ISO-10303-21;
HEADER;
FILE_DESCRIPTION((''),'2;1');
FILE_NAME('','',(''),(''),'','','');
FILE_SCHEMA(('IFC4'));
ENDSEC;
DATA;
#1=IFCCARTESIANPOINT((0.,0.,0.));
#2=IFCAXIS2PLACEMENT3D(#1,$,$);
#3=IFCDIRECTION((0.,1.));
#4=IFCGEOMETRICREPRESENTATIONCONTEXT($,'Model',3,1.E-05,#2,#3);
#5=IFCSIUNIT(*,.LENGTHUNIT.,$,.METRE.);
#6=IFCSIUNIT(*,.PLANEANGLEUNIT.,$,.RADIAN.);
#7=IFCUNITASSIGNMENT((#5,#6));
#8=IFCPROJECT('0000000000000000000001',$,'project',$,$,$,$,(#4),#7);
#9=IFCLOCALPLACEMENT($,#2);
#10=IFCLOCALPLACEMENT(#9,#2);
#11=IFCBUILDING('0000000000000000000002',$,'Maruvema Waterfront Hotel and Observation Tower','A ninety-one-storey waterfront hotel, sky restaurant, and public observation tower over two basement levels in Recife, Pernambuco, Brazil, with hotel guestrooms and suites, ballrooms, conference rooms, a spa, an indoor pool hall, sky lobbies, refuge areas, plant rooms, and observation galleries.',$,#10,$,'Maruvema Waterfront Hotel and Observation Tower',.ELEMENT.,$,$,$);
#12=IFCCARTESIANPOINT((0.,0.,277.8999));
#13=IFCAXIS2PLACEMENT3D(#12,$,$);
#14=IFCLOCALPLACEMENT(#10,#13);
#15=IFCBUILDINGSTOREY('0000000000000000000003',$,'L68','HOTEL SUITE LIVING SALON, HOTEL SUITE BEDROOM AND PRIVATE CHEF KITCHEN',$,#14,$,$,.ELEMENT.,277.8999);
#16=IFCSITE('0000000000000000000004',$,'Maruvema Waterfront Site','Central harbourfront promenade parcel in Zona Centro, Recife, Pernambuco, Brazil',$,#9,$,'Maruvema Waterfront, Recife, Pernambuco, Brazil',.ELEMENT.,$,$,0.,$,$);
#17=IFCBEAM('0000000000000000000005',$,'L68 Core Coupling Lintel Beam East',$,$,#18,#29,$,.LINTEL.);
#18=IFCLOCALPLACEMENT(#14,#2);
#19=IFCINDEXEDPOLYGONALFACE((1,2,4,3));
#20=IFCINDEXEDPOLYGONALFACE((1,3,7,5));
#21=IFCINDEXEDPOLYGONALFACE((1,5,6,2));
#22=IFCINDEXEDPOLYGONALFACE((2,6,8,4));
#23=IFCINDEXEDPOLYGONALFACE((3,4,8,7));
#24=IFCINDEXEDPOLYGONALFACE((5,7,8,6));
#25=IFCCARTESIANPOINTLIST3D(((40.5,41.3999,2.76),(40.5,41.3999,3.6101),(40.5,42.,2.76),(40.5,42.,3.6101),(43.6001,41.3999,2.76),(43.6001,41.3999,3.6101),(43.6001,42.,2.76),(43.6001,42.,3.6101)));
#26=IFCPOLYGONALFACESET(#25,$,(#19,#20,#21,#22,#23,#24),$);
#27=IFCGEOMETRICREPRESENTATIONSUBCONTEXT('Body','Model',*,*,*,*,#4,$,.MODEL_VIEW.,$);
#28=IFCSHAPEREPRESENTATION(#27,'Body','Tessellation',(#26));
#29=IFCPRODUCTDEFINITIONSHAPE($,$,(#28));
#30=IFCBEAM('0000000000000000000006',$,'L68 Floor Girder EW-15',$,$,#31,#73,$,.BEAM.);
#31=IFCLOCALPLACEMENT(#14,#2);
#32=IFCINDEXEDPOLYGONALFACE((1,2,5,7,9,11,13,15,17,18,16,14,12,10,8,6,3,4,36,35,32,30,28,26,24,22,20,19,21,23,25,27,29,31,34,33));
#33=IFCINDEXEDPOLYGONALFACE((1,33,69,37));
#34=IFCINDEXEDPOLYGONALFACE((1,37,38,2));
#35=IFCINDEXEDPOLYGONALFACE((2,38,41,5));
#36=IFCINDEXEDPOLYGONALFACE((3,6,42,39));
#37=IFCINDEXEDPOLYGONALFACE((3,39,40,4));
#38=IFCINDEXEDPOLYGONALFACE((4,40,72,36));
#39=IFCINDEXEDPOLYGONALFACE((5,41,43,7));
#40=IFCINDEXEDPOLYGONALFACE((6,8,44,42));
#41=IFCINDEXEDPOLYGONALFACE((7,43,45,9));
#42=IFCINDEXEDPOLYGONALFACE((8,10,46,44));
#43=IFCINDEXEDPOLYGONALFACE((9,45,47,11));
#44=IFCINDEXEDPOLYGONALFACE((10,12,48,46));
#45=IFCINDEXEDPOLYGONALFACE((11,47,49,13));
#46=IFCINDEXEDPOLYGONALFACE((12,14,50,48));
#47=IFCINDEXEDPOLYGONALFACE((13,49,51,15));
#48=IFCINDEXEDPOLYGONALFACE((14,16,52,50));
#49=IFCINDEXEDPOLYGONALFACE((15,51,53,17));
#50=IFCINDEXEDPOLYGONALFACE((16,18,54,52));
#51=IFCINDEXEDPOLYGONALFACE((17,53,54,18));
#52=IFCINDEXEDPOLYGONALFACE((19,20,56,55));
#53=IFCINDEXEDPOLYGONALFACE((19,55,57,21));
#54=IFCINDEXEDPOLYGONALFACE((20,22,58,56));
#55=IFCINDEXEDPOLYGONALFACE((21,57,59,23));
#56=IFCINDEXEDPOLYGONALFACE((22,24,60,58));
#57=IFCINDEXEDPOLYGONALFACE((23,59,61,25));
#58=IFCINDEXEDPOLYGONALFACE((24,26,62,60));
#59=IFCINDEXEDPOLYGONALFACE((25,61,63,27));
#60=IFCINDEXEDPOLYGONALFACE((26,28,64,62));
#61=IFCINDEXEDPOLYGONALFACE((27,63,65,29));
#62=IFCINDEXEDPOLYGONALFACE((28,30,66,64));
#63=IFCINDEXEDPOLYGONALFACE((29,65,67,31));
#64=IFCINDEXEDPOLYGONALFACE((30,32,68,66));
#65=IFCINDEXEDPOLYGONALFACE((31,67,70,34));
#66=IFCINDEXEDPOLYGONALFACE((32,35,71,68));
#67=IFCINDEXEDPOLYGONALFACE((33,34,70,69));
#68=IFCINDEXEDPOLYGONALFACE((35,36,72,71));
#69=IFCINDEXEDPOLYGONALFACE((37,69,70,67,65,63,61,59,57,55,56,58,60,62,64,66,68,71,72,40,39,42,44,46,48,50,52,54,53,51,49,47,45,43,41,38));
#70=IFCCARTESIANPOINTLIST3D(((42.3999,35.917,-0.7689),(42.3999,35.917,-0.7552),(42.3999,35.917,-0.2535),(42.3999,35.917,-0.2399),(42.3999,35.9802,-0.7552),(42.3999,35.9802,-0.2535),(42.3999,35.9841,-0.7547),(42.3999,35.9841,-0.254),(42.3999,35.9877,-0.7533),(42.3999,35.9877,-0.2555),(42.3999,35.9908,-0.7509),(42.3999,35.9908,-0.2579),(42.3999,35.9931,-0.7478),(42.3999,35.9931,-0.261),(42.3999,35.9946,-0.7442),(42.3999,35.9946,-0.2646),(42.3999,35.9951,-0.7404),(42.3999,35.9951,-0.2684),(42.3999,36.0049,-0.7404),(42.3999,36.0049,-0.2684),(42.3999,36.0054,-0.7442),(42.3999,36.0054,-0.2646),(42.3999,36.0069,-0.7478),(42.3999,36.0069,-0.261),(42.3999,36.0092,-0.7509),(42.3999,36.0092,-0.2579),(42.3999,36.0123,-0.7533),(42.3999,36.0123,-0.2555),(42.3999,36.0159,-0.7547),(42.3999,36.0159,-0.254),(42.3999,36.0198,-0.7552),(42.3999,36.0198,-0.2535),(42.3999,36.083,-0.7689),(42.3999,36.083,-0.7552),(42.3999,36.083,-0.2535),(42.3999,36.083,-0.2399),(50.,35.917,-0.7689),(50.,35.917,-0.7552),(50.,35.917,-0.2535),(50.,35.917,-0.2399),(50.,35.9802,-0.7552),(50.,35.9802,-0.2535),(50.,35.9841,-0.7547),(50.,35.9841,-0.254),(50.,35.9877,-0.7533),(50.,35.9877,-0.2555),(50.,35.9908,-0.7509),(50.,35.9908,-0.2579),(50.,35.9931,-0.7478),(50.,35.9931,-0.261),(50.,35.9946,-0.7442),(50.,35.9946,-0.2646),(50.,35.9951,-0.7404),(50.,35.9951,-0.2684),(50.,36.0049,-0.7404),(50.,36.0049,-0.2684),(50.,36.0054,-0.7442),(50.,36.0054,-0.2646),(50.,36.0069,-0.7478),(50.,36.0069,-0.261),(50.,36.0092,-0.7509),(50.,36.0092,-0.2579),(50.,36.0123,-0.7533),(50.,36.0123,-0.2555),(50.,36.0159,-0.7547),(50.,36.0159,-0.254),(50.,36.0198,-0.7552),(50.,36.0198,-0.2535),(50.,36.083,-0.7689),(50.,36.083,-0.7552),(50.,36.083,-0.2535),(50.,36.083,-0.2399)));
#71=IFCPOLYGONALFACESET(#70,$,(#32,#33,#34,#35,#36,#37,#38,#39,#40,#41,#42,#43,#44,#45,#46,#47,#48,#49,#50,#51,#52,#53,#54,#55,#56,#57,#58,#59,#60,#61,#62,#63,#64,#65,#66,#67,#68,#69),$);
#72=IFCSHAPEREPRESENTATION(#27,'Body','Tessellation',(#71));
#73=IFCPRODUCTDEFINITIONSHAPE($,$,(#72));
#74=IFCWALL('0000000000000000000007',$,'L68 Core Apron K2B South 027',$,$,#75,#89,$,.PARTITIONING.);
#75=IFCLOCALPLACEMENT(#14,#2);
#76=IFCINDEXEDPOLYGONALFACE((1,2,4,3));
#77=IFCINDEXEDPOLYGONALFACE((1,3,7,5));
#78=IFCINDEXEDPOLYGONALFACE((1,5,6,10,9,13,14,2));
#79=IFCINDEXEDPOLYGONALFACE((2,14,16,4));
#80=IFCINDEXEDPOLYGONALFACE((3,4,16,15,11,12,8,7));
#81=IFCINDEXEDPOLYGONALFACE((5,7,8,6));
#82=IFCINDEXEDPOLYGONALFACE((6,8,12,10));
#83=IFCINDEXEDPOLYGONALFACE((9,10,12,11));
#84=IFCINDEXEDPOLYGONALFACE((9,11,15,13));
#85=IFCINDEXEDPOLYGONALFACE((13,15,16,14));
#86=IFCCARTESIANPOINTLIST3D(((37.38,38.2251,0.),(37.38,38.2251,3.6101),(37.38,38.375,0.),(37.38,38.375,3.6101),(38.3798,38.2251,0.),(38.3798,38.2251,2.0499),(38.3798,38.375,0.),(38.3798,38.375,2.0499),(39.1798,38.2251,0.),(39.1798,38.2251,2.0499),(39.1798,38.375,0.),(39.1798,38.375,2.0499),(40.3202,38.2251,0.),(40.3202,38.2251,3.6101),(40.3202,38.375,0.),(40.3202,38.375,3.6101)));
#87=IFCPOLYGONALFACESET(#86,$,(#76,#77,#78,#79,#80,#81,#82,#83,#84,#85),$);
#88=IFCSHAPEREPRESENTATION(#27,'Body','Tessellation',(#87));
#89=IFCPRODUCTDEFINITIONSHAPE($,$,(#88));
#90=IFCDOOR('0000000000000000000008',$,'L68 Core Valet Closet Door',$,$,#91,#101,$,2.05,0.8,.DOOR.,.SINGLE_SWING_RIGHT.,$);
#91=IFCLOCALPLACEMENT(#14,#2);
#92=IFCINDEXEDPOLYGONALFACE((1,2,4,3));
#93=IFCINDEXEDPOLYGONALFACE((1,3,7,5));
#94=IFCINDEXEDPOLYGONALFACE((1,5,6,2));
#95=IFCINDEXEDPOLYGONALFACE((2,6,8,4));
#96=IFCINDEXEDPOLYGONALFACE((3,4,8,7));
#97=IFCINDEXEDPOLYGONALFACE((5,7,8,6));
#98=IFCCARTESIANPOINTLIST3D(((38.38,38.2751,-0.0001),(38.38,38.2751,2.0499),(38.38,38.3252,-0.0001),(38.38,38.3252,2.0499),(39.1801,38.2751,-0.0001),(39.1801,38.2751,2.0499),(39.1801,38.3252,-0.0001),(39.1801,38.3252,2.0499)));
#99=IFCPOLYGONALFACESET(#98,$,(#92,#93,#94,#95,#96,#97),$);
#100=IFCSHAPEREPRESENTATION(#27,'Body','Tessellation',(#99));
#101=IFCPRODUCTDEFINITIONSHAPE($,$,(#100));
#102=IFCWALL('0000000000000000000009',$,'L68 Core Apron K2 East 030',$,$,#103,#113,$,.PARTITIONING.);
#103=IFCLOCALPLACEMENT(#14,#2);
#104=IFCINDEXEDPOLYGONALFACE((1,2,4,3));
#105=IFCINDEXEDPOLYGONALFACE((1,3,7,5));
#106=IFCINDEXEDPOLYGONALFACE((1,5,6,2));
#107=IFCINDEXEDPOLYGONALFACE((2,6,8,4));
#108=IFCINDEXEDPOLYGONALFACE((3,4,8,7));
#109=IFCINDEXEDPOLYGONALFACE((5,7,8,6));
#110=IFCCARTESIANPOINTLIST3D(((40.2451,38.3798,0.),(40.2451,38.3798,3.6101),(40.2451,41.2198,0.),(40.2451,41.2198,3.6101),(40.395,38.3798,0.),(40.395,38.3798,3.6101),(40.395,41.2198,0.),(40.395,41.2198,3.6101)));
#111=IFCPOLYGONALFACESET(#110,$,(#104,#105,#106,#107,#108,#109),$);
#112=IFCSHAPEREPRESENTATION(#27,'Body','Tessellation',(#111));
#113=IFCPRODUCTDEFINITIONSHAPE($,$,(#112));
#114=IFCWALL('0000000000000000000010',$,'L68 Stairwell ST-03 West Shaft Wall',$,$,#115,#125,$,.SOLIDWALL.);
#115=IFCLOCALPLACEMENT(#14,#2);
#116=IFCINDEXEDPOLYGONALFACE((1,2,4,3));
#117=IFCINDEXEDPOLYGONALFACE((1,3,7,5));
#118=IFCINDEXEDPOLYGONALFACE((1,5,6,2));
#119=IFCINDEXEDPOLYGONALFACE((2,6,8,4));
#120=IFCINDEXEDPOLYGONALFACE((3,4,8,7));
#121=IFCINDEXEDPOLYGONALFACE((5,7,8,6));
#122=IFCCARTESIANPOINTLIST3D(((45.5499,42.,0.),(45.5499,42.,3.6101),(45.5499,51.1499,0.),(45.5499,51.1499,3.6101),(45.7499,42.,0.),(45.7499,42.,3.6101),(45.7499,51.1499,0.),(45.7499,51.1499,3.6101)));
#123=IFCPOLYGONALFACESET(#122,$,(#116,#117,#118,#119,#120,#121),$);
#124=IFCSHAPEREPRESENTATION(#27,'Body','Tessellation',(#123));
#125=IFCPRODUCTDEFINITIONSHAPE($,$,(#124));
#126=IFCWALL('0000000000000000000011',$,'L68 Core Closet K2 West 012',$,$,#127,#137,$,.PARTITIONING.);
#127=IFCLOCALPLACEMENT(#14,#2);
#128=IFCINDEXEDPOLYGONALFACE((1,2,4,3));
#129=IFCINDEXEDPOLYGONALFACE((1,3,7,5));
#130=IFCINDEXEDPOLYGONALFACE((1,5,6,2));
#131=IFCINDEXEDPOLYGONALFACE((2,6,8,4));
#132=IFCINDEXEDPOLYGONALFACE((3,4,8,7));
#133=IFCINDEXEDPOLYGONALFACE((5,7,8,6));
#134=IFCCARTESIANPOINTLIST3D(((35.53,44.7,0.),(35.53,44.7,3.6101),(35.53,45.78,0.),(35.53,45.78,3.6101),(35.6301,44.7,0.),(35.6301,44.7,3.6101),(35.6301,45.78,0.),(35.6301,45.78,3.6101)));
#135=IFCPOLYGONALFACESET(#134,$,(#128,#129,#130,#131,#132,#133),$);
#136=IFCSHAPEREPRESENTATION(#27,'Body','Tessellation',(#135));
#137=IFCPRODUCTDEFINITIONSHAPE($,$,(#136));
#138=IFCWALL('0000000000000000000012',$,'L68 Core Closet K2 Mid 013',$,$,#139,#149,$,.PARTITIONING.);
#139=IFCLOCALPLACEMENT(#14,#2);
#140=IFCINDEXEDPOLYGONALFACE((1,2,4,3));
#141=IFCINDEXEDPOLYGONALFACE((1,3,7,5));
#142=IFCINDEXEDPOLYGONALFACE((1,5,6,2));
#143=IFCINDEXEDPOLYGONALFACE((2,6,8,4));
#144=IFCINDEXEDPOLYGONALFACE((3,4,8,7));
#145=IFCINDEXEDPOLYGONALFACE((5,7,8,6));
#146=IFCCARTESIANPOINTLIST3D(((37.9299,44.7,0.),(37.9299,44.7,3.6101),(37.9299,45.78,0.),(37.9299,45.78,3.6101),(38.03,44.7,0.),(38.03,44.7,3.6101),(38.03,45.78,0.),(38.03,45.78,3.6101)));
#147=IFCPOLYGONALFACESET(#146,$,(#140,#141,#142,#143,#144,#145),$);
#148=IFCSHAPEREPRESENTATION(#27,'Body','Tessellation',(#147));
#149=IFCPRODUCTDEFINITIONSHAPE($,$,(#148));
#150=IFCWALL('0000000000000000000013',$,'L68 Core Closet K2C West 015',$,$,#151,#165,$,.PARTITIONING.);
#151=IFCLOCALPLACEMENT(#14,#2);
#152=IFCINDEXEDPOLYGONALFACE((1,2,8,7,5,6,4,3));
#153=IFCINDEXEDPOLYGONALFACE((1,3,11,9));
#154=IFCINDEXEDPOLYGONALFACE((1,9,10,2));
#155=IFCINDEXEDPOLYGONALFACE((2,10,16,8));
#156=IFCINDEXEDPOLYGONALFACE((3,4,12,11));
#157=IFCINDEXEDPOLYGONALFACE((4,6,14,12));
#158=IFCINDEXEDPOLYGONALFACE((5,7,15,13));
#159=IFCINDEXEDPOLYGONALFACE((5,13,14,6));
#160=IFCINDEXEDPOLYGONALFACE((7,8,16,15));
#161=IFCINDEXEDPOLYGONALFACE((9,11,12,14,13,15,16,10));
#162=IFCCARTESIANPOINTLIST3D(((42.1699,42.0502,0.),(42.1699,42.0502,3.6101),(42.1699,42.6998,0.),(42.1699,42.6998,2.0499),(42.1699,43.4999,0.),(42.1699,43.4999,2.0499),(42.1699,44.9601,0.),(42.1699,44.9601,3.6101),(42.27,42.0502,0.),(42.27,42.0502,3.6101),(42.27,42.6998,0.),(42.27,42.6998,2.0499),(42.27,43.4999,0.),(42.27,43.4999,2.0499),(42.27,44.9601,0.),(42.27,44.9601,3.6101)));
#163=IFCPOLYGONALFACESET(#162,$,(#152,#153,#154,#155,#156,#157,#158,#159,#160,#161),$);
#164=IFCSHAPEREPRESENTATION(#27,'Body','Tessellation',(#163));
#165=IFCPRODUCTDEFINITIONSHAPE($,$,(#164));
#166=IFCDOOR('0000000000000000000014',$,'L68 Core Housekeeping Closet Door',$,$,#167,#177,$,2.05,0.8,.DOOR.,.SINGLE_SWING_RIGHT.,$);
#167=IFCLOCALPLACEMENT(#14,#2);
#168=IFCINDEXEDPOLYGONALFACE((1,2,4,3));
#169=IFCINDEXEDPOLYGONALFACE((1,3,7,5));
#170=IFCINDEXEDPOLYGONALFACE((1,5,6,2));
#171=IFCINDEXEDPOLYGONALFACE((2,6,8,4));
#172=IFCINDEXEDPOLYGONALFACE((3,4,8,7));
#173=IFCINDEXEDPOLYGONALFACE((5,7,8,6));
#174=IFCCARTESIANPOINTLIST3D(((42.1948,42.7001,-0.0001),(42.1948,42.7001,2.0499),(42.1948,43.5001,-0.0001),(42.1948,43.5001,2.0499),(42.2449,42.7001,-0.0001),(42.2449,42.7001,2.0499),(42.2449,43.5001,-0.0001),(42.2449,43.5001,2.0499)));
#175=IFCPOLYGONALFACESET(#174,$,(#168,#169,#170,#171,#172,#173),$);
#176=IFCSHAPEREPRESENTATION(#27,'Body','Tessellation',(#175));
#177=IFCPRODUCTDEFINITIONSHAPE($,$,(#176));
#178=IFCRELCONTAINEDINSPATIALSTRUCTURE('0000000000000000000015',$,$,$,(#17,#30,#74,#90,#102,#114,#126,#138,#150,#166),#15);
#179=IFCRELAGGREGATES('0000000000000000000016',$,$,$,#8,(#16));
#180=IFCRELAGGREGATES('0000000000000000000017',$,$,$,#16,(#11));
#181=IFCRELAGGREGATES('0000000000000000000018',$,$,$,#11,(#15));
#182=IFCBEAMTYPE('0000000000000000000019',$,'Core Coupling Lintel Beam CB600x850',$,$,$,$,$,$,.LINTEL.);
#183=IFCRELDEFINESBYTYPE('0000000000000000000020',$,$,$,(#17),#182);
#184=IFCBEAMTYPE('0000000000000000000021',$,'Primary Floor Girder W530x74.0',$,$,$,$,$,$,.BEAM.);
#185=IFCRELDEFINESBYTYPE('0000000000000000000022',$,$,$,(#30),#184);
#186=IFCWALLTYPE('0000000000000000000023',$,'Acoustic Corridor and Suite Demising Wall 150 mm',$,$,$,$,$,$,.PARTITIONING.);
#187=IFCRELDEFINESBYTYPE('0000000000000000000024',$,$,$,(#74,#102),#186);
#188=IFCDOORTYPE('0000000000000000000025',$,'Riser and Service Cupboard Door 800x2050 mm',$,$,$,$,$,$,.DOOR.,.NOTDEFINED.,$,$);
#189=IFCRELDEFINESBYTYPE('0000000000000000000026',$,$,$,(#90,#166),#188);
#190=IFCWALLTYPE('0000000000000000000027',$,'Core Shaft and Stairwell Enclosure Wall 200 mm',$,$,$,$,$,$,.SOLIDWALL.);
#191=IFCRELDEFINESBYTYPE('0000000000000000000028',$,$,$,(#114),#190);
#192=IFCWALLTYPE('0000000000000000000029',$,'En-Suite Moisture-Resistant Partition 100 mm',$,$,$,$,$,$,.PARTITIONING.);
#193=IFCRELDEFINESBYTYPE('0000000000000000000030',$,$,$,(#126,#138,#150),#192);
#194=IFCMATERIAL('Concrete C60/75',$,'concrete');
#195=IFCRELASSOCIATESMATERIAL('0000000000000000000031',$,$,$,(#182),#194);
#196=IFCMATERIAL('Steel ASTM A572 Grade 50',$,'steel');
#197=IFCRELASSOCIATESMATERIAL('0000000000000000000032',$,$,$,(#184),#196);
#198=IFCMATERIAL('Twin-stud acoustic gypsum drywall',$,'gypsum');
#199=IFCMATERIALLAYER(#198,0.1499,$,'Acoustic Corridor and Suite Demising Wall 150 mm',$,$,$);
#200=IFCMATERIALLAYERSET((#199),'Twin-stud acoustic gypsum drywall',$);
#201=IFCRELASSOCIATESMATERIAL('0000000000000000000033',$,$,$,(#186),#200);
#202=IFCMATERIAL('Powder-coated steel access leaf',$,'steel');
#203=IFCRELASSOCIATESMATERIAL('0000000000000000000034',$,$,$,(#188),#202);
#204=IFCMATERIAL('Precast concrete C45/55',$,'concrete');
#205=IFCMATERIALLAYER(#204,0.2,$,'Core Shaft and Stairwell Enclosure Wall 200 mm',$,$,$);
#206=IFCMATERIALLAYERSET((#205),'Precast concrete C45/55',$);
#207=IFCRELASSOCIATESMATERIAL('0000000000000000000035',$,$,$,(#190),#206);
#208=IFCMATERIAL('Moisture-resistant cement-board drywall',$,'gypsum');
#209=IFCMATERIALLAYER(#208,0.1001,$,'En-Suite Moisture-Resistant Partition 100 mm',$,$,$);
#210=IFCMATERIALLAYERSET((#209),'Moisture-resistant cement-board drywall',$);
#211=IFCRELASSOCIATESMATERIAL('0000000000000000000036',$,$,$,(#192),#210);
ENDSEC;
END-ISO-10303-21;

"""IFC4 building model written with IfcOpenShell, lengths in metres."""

from ifc_helpers import new_model, si_unit, direction, frame, frame_2d, origin, origin_2d, place, context, subcontext, project, spatial, rectangle, i_section, extrude, material, layer, layer_set, material_profile, profile_set, type_object, element, fill, save


model = new_model("IFC4")

# Units and contexts
model_context = context("Model", 3, precision=1e-05, world=origin(), true_north=direction((0.0, 1.0)))
body_context = subcontext(model_context, "Body", "Model", "MODEL_VIEW")
ifc_project = project(units=[si_unit("LENGTHUNIT", "METRE"), si_unit("PLANEANGLEUNIT", "RADIAN")], contexts=[model_context])

# Site, building, storey
site_placement = place(None, origin())
site = spatial("IfcSite", under=ifc_project, at=site_placement, Name="Maruvema Waterfront Site", Description="Central harbourfront promenade parcel in Zona Centro, Recife, Pernambuco, Brazil", LongName="Maruvema Waterfront, Recife, Pernambuco, Brazil", CompositionType="ELEMENT", RefElevation=0.0)
building_placement = place(site_placement, origin())
building = spatial("IfcBuilding", under=site, at=building_placement, Name="Maruvema Waterfront Hotel and Observation Tower", Description="A ninety-one-storey waterfront hotel, sky restaurant, and public observation tower over two basement levels in Recife, Pernambuco, Brazil, with hotel guestrooms and suites, ballrooms, conference rooms, a spa, an indoor pool hall, sky lobbies, refuge areas, plant rooms, and observation galleries.", LongName="Maruvema Waterfront Hotel and Observation Tower", CompositionType="ELEMENT")
storey_placement = place(building_placement, frame((0.0, 0.0, 277.8999)))
storey = spatial("IfcBuildingStorey", under=building, at=storey_placement, Name="L68", Description="HOTEL SUITE LIVING SALON, HOTEL SUITE BEDROOM AND PRIVATE CHEF KITCHEN", CompositionType="ELEMENT", Elevation=277.8999)

# Beams
ifc_material_1 = material(Name="Concrete C60/75", Category="concrete")
ifc_material_profile_1 = material_profile(ifc_material_1, rectangle(XDim=0.6001, YDim=0.8501, at=origin_2d()), Name="CB600x850")
ifc_profile_set_1 = profile_set([ifc_material_profile_1], Name="Concrete C60/75")
beam_type_1 = type_object("IfcBeamType", Name="Core Coupling Lintel Beam CB600x850", PredefinedType="LINTEL", material=ifc_profile_set_1)
beam_1_placement = place(storey_placement, frame((40.5, 41.7, 3.1851), z_axis=(1.0, 0.0, 0.0), x_axis=(0.0, 1.0, 0.0)))
element("IfcBeam", 1, at=beam_1_placement, inside=storey, type_object=beam_type_1, Name="L68 Core Coupling Lintel Beam East", PredefinedType="LINTEL", context=body_context, shape_type="SweptSolid", body=[
    extrude(rectangle(XDim=0.6001, YDim=0.8501, at=origin_2d()), origin(), (0.0, 0.0, 1.0), 3.1001),
])
ifc_material_2 = material(Name="Steel ASTM A572 Grade 50", Category="steel")
ifc_material_profile_2 = material_profile(ifc_material_2, i_section(OverallWidth=0.166, OverallDepth=0.5291, WebThickness=0.0098, FlangeThickness=0.0137, FilletRadius=0.0149, at=origin_2d()), Name="W530x74.0")
ifc_profile_set_2 = profile_set([ifc_material_profile_2], Name="Steel ASTM A572 Grade 50")
beam_type_2 = type_object("IfcBeamType", Name="Primary Floor Girder W530x74.0", PredefinedType="BEAM", material=ifc_profile_set_2)
beam_2_placement = place(storey_placement, frame((42.3999, 36.0, -0.5044), z_axis=(1.0, 0.0, 0.0), x_axis=(0.0, 1.0, 0.0)))
element("IfcBeam", 2, at=beam_2_placement, inside=storey, type_object=beam_type_2, Name="L68 Floor Girder EW-15", PredefinedType="BEAM", context=body_context, shape_type="SweptSolid", body=[
    extrude(i_section(OverallWidth=0.166, OverallDepth=0.5291, WebThickness=0.0098, FlangeThickness=0.0137, FilletRadius=0.0149, at=origin_2d()), origin(), (0.0, 0.0, 1.0), 7.6001),
])

# Wall, opening, door
ifc_material_3 = material(Name="Twin-stud acoustic gypsum drywall", Category="gypsum")
ifc_layer_1 = layer(ifc_material_3, 0.1499, Name="Acoustic Corridor and Suite Demising Wall 150 mm")
ifc_layer_set_1 = layer_set([ifc_layer_1], Name="Twin-stud acoustic gypsum drywall")
wall_type_1 = type_object("IfcWallType", Name="Acoustic Corridor and Suite Demising Wall 150 mm", PredefinedType="PARTITIONING", material=ifc_layer_set_1)
wall_1_placement = place(storey_placement, frame((37.3799, 38.3, 0.0), z_axis=(0.0, 0.0, 1.0), x_axis=(1.0, 0.0, 0.0)))
wall_1 = element("IfcWall", 3, at=wall_1_placement, inside=storey, type_object=wall_type_1, Name="L68 Core Apron K2B South 027", PredefinedType="PARTITIONING", context=body_context, shape_type="SweptSolid", body=[
    extrude(rectangle(XDim=2.9402, YDim=0.1499, at=frame_2d((1.4702, 0.0))), origin(), (0.0, 0.0, 1.0), 3.6101),
])
opening_1_placement = place(wall_1_placement, frame((1.0, 0.0, 0.0)))
opening_1 = element("IfcOpeningElement", 4, at=opening_1_placement, cuts=wall_1, PredefinedType="OPENING", context=body_context, shape_type="SweptSolid", body=[
    extrude(rectangle(XDim=0.8, YDim=2.05, at=frame_2d((0.3999, 1.0249))), frame((0.0, 0.085, 0.0), z_axis=(0.0, -1.0, 0.0), x_axis=(1.0, 0.0, 0.0)), (0.0, 0.0, 1.0), 0.1699),
])
ifc_material_4 = material(Name="Powder-coated steel access leaf", Category="steel")
door_type_1 = type_object("IfcDoorType", Name="Riser and Service Cupboard Door 800x2050 mm", OperationType="NOTDEFINED", PredefinedType="DOOR", material=ifc_material_4)
door_1_placement = place(opening_1_placement, frame((0.8, 0.0, 0.0), z_axis=(0.0, 0.0, 1.0), x_axis=(-1.0, 0.0, 0.0)))
door_1 = element("IfcDoor", 5, at=door_1_placement, inside=storey, type_object=door_type_1, Name="L68 Core Valet Closet Door", OperationType="SINGLE_SWING_RIGHT", OverallHeight=2.05, OverallWidth=0.8, PredefinedType="DOOR", context=body_context, shape_type="SweptSolid", body=[
    extrude(rectangle(XDim=0.8, YDim=2.05, at=frame_2d((0.3999, 1.0249))), frame((0.0, 0.0249, 0.0), z_axis=(0.0, -1.0, 0.0), x_axis=(1.0, 0.0, 0.0)), (0.0, 0.0, 1.0), 0.05),
])
fill(opening_1, door_1)

# Walls
wall_2_placement = place(storey_placement, frame((40.3201, 38.3799, 0.0), z_axis=(0.0, 0.0, 1.0), x_axis=(0.0, 1.0, 0.0)))
element("IfcWall", 6, at=wall_2_placement, inside=storey, type_object=wall_type_1, Name="L68 Core Apron K2 East 030", PredefinedType="PARTITIONING", context=body_context, shape_type="SweptSolid", body=[
    extrude(rectangle(XDim=2.8401, YDim=0.1499, at=frame_2d((1.4199, 0.0))), origin(), (0.0, 0.0, 1.0), 3.6101),
])
ifc_material_5 = material(Name="Precast concrete C45/55", Category="concrete")
ifc_layer_2 = layer(ifc_material_5, 0.2, Name="Core Shaft and Stairwell Enclosure Wall 200 mm")
ifc_layer_set_2 = layer_set([ifc_layer_2], Name="Precast concrete C45/55")
wall_type_2 = type_object("IfcWallType", Name="Core Shaft and Stairwell Enclosure Wall 200 mm", PredefinedType="SOLIDWALL", material=ifc_layer_set_2)
wall_3_placement = place(storey_placement, frame((45.6499, 42.0, 0.0), z_axis=(0.0, 0.0, 1.0), x_axis=(0.0, 1.0, 0.0)))
element("IfcWall", 7, at=wall_3_placement, inside=storey, type_object=wall_type_2, Name="L68 Stairwell ST-03 West Shaft Wall", PredefinedType="SOLIDWALL", context=body_context, shape_type="SweptSolid", body=[
    extrude(rectangle(XDim=9.1499, YDim=0.2, at=frame_2d((4.575, 0.0))), origin(), (0.0, 0.0, 1.0), 3.6101),
])

# Walls
ifc_material_6 = material(Name="Moisture-resistant cement-board drywall", Category="gypsum")
ifc_layer_3 = layer(ifc_material_6, 0.1001, Name="En-Suite Moisture-Resistant Partition 100 mm")
ifc_layer_set_3 = layer_set([ifc_layer_3], Name="Moisture-resistant cement-board drywall")
wall_type_3 = type_object("IfcWallType", Name="En-Suite Moisture-Resistant Partition 100 mm", PredefinedType="PARTITIONING", material=ifc_layer_set_3)
for number, where, z_axis, x_axis, name in (
    (8, (35.5801, 44.7, 0.0), (0.0, 0.0, 1.0), (0.0, 1.0, 0.0), "L68 Core Closet K2 West 012"),
    (9, (37.98, 44.7, 0.0), (0.0, 0.0, 1.0), (0.0, 1.0, 0.0), "L68 Core Closet K2 Mid 013"),
):
    element("IfcWall", number, at=place(storey_placement, frame(where, z_axis=z_axis, x_axis=x_axis)), inside=storey, type_object=wall_type_3, Name=name, PredefinedType="PARTITIONING", context=body_context, shape_type="SweptSolid", body=[
        extrude(rectangle(XDim=1.0801, YDim=0.1001, at=frame_2d((0.54, 0.0))), origin(), (0.0, 0.0, 1.0), 3.6101),
    ])

# Wall, opening, door
wall_4_placement = place(storey_placement, frame((42.22, 42.05, 0.0), z_axis=(0.0, 0.0, 1.0), x_axis=(0.0, 1.0, 0.0)))
wall_4 = element("IfcWall", 10, at=wall_4_placement, inside=storey, type_object=wall_type_3, Name="L68 Core Closet K2C West 015", PredefinedType="PARTITIONING", context=body_context, shape_type="SweptSolid", body=[
    extrude(rectangle(XDim=2.9099, YDim=0.1001, at=frame_2d((1.4551, 0.0))), origin(), (0.0, 0.0, 1.0), 3.6101),
])
opening_2_placement = place(wall_4_placement, frame((0.6499, 0.0, 0.0)))
opening_2 = element("IfcOpeningElement", 11, at=opening_2_placement, cuts=wall_4, PredefinedType="OPENING", context=body_context, shape_type="SweptSolid", body=[
    extrude(rectangle(XDim=0.8, YDim=2.05, at=frame_2d((0.3999, 1.0249))), frame((0.0, 0.0601, 0.0), z_axis=(0.0, -1.0, 0.0), x_axis=(1.0, 0.0, 0.0)), (0.0, 0.0, 1.0), 0.1201),
])
door_2_placement = place(opening_2_placement, frame((0.8, 0.0, 0.0), z_axis=(0.0, 0.0, 1.0), x_axis=(-1.0, 0.0, 0.0)))
door_2 = element("IfcDoor", 12, at=door_2_placement, inside=storey, type_object=door_type_1, Name="L68 Core Housekeeping Closet Door", OperationType="SINGLE_SWING_RIGHT", OverallHeight=2.05, OverallWidth=0.8, PredefinedType="DOOR", context=body_context, shape_type="SweptSolid", body=[
    extrude(rectangle(XDim=0.8, YDim=2.05, at=frame_2d((0.3999, 1.0249))), frame((0.0, 0.0249, 0.0), z_axis=(0.0, -1.0, 0.0), x_axis=(1.0, 0.0, 0.0)), (0.0, 0.0, 1.0), 0.05),
])
fill(opening_2, door_2)

save(model, "model.ifc")
